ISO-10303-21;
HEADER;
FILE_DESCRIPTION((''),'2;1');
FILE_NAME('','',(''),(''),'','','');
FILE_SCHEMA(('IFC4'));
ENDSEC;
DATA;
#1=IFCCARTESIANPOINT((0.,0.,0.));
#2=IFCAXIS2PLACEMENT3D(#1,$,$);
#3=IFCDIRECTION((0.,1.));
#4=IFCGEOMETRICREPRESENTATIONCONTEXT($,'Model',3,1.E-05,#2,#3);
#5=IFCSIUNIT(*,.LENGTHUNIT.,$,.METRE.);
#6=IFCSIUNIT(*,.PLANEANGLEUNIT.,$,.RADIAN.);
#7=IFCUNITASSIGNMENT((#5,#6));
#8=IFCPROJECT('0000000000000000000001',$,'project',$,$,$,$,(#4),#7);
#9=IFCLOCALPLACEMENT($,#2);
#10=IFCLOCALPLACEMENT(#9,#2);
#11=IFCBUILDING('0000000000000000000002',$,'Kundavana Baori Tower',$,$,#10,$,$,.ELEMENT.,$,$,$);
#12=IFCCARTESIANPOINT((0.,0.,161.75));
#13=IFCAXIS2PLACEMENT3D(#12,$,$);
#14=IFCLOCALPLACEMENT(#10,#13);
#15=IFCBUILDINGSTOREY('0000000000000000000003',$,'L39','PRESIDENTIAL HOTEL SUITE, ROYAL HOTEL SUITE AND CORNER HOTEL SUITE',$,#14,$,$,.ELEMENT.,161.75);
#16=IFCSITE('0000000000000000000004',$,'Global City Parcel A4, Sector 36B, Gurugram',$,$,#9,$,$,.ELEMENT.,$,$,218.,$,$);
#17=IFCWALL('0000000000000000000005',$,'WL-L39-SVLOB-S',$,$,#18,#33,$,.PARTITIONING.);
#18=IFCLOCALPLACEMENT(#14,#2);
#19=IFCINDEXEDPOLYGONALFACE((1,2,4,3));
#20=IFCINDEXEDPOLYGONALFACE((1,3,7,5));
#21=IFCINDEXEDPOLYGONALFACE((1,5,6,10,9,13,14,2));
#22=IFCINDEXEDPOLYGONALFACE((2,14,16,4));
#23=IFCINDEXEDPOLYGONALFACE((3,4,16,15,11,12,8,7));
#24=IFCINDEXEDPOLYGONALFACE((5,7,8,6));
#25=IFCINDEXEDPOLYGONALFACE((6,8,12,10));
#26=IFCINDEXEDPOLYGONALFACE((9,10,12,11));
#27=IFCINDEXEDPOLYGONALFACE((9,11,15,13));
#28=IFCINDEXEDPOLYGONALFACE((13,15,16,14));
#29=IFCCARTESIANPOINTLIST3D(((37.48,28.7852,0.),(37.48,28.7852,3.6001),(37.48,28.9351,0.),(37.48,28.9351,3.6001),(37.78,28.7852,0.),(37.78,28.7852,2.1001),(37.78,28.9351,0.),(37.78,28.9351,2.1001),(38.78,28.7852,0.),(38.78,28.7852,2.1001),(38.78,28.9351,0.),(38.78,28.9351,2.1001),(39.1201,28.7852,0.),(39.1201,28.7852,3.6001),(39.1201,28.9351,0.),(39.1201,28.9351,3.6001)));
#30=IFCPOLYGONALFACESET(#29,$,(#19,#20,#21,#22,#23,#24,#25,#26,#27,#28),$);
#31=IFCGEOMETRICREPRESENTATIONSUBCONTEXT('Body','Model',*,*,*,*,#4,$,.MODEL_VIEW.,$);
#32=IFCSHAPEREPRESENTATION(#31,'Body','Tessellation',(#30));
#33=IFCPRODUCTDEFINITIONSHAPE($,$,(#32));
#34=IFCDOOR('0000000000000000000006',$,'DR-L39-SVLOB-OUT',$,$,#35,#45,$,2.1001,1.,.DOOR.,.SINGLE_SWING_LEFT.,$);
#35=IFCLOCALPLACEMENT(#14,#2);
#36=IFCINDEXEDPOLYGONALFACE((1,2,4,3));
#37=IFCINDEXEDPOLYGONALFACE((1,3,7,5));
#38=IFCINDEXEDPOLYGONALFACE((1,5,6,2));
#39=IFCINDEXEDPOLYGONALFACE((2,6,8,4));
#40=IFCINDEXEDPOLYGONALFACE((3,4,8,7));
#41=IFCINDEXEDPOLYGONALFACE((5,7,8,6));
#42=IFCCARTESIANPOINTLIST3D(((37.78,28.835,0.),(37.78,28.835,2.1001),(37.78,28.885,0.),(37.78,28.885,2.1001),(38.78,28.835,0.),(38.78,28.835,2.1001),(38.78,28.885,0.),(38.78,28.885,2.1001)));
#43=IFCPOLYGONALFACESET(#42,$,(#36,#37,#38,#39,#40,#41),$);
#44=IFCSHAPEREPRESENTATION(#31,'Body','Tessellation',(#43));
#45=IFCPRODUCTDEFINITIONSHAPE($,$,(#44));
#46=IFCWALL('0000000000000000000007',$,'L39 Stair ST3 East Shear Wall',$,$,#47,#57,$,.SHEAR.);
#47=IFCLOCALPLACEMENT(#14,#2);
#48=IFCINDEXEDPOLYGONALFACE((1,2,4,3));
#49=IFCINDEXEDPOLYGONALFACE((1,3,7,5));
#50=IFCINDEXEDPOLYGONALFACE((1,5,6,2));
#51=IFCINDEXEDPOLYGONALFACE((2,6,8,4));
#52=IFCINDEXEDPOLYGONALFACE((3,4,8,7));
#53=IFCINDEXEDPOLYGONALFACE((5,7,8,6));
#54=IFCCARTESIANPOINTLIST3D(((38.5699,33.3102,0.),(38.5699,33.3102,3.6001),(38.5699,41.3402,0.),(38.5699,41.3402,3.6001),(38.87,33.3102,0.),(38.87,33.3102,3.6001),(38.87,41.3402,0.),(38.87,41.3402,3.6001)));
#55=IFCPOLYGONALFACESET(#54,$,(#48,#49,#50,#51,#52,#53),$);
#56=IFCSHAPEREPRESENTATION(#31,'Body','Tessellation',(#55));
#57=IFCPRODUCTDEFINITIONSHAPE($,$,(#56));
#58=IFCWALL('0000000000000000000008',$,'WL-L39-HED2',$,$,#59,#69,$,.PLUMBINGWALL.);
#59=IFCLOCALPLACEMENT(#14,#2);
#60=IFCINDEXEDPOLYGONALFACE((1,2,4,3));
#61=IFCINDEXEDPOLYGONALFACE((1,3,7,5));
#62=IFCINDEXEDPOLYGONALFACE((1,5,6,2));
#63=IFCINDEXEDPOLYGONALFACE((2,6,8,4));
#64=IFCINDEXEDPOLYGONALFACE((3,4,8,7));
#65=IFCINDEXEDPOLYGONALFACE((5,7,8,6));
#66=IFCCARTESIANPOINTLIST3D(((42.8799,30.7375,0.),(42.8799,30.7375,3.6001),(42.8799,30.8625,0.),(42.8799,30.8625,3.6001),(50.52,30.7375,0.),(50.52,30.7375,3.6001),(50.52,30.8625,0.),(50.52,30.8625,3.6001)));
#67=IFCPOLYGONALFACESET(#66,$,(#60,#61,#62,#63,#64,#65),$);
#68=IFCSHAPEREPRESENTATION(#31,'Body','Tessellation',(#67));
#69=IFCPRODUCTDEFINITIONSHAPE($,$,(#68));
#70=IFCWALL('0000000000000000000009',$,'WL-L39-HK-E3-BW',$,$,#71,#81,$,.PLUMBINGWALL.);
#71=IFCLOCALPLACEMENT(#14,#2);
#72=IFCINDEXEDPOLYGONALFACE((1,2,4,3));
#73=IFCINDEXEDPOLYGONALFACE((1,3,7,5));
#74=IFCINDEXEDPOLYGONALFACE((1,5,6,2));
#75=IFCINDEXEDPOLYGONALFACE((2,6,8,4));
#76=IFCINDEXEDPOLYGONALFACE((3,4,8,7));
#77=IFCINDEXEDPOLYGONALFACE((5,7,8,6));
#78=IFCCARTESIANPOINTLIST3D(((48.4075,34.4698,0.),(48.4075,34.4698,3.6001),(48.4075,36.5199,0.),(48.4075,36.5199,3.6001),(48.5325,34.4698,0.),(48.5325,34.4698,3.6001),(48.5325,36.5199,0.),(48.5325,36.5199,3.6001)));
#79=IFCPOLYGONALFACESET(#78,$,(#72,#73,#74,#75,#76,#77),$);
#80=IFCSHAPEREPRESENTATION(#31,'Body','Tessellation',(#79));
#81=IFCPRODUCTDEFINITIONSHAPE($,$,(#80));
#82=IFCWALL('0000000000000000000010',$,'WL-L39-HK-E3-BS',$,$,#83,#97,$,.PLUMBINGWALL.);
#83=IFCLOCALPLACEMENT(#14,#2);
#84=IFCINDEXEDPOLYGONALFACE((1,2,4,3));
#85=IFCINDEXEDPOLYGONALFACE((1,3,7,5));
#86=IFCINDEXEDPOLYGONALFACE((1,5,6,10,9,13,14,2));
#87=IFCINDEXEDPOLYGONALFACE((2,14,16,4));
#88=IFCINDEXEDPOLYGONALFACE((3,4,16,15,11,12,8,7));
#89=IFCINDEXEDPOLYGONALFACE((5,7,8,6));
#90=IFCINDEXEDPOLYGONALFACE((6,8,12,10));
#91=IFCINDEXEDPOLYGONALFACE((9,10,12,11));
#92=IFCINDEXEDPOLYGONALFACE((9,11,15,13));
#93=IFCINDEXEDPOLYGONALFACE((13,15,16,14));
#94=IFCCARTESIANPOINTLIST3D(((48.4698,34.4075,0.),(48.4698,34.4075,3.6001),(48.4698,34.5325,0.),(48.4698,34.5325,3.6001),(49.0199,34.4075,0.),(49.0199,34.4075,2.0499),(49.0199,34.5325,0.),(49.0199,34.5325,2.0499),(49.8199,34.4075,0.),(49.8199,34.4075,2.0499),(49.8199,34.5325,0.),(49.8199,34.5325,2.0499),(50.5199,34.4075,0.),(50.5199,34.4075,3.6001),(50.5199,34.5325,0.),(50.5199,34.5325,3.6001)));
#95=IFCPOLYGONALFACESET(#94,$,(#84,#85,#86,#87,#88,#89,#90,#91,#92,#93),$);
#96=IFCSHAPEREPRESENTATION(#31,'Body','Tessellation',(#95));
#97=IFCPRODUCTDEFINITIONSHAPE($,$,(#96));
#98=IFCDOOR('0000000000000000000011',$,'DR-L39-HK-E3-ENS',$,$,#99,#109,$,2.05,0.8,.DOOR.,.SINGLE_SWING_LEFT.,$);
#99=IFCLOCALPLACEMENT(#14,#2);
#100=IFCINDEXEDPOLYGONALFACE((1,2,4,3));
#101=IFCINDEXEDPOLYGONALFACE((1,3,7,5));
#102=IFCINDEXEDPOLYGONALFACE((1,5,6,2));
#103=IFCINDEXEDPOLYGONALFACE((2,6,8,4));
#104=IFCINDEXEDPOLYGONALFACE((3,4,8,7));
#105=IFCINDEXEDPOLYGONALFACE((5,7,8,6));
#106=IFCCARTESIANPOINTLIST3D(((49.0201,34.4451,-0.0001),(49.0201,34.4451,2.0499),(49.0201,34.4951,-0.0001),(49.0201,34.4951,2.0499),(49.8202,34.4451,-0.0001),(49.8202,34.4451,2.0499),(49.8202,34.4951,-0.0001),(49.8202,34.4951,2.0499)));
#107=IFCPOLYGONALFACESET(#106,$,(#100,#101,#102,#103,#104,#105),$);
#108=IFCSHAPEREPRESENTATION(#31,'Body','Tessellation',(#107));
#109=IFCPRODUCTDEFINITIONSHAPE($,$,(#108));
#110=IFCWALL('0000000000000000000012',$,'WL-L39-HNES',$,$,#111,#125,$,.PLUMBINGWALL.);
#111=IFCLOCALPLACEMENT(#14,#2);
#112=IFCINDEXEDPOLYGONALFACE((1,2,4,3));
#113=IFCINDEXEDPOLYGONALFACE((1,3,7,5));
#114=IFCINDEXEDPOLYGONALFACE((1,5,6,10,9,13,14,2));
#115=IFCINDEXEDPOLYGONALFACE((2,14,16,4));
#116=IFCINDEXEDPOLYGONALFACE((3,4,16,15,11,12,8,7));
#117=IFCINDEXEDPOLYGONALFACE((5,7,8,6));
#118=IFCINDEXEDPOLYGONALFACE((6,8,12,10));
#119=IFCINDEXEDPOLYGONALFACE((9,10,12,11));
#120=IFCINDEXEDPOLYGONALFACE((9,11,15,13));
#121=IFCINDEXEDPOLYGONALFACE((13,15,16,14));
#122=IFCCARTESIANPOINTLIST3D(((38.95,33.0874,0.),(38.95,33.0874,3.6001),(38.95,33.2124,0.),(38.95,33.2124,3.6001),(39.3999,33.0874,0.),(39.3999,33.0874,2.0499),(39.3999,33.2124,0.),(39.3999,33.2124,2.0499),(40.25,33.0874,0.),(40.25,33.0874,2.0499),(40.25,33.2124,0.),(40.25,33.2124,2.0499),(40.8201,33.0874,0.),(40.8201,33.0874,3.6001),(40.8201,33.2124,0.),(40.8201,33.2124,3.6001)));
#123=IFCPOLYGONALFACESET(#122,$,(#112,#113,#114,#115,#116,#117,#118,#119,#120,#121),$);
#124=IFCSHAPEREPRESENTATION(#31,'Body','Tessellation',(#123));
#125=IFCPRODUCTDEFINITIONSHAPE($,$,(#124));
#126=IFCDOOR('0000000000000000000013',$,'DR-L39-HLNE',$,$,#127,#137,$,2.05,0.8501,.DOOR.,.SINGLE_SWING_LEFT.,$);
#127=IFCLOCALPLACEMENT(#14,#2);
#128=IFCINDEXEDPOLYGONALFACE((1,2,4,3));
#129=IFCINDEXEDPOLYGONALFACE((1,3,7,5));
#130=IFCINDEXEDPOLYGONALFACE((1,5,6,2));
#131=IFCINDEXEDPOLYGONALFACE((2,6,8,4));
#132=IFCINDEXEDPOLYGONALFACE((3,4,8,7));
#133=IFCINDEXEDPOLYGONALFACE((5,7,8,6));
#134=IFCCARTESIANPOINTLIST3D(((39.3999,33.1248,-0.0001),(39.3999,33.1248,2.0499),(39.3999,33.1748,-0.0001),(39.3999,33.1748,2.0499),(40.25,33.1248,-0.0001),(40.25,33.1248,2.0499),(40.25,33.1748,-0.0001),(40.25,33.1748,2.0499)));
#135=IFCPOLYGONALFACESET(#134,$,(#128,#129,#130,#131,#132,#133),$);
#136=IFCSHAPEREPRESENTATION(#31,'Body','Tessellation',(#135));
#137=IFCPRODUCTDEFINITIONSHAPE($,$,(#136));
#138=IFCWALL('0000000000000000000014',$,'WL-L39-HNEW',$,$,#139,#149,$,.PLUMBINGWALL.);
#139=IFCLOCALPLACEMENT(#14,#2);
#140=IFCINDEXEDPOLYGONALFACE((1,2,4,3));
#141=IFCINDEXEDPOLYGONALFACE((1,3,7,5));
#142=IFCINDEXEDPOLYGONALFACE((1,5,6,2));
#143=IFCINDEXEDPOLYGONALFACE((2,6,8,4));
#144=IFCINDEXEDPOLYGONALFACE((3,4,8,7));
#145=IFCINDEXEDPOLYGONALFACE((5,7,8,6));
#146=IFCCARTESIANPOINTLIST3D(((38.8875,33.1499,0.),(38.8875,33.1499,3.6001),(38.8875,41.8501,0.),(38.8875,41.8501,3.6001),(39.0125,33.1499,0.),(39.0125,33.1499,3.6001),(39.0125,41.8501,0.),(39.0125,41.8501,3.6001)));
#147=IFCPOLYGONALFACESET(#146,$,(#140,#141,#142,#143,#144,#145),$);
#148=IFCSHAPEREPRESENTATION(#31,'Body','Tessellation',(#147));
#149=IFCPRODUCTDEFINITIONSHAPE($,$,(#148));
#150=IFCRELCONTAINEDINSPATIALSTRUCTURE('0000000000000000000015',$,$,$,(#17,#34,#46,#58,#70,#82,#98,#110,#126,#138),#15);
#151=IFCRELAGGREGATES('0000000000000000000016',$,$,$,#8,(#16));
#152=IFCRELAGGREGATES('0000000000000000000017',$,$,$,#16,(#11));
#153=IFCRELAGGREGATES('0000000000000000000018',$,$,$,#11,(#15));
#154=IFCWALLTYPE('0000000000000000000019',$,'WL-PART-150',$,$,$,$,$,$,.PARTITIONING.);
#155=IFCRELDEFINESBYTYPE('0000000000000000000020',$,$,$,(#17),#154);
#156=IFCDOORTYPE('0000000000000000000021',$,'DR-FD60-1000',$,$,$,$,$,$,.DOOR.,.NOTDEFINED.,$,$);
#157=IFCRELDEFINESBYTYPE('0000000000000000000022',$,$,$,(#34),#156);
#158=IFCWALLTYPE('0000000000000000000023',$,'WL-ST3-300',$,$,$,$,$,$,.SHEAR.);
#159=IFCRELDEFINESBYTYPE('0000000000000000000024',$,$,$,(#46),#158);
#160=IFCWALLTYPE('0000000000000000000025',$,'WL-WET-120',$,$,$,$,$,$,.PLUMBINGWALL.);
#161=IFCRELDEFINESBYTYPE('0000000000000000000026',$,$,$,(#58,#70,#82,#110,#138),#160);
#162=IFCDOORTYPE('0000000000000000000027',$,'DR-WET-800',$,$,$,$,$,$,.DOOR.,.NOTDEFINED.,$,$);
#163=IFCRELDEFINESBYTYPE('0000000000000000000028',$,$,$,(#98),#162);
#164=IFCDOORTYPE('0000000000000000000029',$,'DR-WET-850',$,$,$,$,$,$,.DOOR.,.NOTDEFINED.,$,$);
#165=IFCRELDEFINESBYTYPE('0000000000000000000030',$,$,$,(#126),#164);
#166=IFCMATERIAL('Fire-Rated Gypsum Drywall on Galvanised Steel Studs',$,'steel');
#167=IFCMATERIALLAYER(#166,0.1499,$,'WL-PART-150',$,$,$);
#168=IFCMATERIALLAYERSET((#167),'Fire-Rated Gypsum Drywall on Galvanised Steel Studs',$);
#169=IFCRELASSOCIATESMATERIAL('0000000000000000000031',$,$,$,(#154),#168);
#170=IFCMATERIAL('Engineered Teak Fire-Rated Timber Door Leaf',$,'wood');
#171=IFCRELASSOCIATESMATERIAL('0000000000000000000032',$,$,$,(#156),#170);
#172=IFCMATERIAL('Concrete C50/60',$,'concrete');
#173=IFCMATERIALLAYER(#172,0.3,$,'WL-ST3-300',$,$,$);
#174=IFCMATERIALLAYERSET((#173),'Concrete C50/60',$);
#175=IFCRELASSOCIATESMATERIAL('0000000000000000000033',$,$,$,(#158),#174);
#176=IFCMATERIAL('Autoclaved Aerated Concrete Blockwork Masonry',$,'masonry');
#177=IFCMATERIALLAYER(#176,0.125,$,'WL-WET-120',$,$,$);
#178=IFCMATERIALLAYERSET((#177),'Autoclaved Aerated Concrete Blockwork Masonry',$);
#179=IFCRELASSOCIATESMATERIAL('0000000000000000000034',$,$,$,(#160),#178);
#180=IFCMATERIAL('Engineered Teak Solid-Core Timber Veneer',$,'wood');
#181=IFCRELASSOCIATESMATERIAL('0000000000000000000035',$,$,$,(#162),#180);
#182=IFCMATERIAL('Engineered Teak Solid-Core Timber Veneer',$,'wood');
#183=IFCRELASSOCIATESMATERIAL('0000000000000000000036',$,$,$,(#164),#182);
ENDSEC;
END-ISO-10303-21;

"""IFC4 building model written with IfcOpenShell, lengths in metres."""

from ifc_helpers import new_model, si_unit, direction, frame, frame_2d, origin, place, context, subcontext, project, spatial, rectangle, extrude, material, layer, layer_set, type_object, element, fill, save


model = new_model("IFC4")

# Units and contexts
model_context = context("Model", 3, precision=1e-05, world=origin(), true_north=direction((0.0, 1.0)))
body_context = subcontext(model_context, "Body", "Model", "MODEL_VIEW")
ifc_project = project(units=[si_unit("LENGTHUNIT", "METRE"), si_unit("PLANEANGLEUNIT", "RADIAN")], contexts=[model_context])

# Site, building, storey
site_placement = place(None, origin())
site = spatial("IfcSite", under=ifc_project, at=site_placement, Name="Global City Parcel A4, Sector 36B, Gurugram", CompositionType="ELEMENT", RefElevation=218.0)
building_placement = place(site_placement, origin())
building = spatial("IfcBuilding", under=site, at=building_placement, Name="Kundavana Baori Tower", CompositionType="ELEMENT")
storey_placement = place(building_placement, frame((0.0, 0.0, 161.75)))
storey = spatial("IfcBuildingStorey", under=building, at=storey_placement, Name="L39", Description="PRESIDENTIAL HOTEL SUITE, ROYAL HOTEL SUITE AND CORNER HOTEL SUITE", CompositionType="ELEMENT", Elevation=161.75)

# Shared definitions
ifc_material_1 = material(Name="Fire-Rated Gypsum Drywall on Galvanised Steel Studs", Category="steel")
ifc_layer_1 = layer(ifc_material_1, 0.1499, Name="WL-PART-150")
ifc_layer_set_1 = layer_set([ifc_layer_1], Name="Fire-Rated Gypsum Drywall on Galvanised Steel Studs")
wall_type_1 = type_object("IfcWallType", Name="WL-PART-150", PredefinedType="PARTITIONING", material=ifc_layer_set_1)

# Wall, opening, door
wall_1_placement = place(storey_placement, frame((37.48, 28.8601, 0.0), z_axis=(0.0, 0.0, 1.0), x_axis=(1.0, 0.0, 0.0)))
wall_1 = element("IfcWall", 1, at=wall_1_placement, inside=storey, type_object=wall_type_1, Name="WL-L39-SVLOB-S", PredefinedType="PARTITIONING", context=body_context, shape_type="SweptSolid", body=[
    extrude(rectangle(XDim=1.6401, YDim=0.1499, at=frame_2d((0.8201, 0.0))), origin(), (0.0, 0.0, 1.0), 3.6001),
])
opening_1_placement = place(wall_1_placement, frame((0.3, 0.0, 0.0)))
opening_1 = element("IfcOpeningElement", 2, at=opening_1_placement, cuts=wall_1, PredefinedType="OPENING", context=body_context, shape_type="SweptSolid", body=[
    extrude(rectangle(XDim=1.0, YDim=2.1001, at=frame_2d((0.5, 1.05))), frame((0.0, 0.085, 0.0), z_axis=(0.0, -1.0, 0.0), x_axis=(1.0, 0.0, 0.0)), (0.0, 0.0, 1.0), 0.1699),
])
ifc_material_2 = material(Name="Engineered Teak Fire-Rated Timber Door Leaf", Category="wood")
door_type_1 = type_object("IfcDoorType", Name="DR-FD60-1000", OperationType="NOTDEFINED", PredefinedType="DOOR", material=ifc_material_2)
door_1_placement = place(opening_1_placement, origin())
door_1 = element("IfcDoor", 3, at=door_1_placement, inside=storey, type_object=door_type_1, Name="DR-L39-SVLOB-OUT", OperationType="SINGLE_SWING_LEFT", OverallHeight=2.1001, OverallWidth=1.0, PredefinedType="DOOR", context=body_context, shape_type="SweptSolid", body=[
    extrude(rectangle(XDim=1.0, YDim=2.1001, at=frame_2d((0.5, 1.05))), frame((0.0, 0.0249, 0.0), z_axis=(0.0, -1.0, 0.0), x_axis=(1.0, 0.0, 0.0)), (0.0, 0.0, 1.0), 0.05),
])
fill(opening_1, door_1)

# Walls
ifc_material_3 = material(Name="Concrete C50/60", Category="concrete")
ifc_layer_2 = layer(ifc_material_3, 0.3, Name="WL-ST3-300")
ifc_layer_set_2 = layer_set([ifc_layer_2], Name="Concrete C50/60")
wall_type_2 = type_object("IfcWallType", Name="WL-ST3-300", PredefinedType="SHEAR", material=ifc_layer_set_2)
wall_2_placement = place(storey_placement, frame((38.72, 33.3101, 0.0), z_axis=(0.0, 0.0, 1.0), x_axis=(0.0, 1.0, 0.0)))
element("IfcWall", 4, at=wall_2_placement, inside=storey, type_object=wall_type_2, Name="L39 Stair ST3 East Shear Wall", PredefinedType="SHEAR", context=body_context, shape_type="SweptSolid", body=[
    extrude(rectangle(XDim=8.03, YDim=0.3, at=frame_2d((4.0151, 0.0))), origin(), (0.0, 0.0, 1.0), 3.6001),
])
ifc_material_4 = material(Name="Autoclaved Aerated Concrete Blockwork Masonry", Category="masonry")
ifc_layer_3 = layer(ifc_material_4, 0.125, Name="WL-WET-120")
ifc_layer_set_3 = layer_set([ifc_layer_3], Name="Autoclaved Aerated Concrete Blockwork Masonry")
wall_type_3 = type_object("IfcWallType", Name="WL-WET-120", PredefinedType="PLUMBINGWALL", material=ifc_layer_set_3)
wall_3_placement = place(storey_placement, frame((42.8799, 30.8, 0.0), z_axis=(0.0, 0.0, 1.0), x_axis=(1.0, 0.0, 0.0)))
element("IfcWall", 5, at=wall_3_placement, inside=storey, type_object=wall_type_3, Name="WL-L39-HED2", PredefinedType="PLUMBINGWALL", context=body_context, shape_type="SweptSolid", body=[
    extrude(rectangle(XDim=7.6401, YDim=0.125, at=frame_2d((3.8201, 0.0))), origin(), (0.0, 0.0, 1.0), 3.6001),
])
wall_4_placement = place(storey_placement, frame((48.47, 34.47, 0.0), z_axis=(0.0, 0.0, 1.0), x_axis=(0.0, 1.0, 0.0)))
element("IfcWall", 6, at=wall_4_placement, inside=storey, type_object=wall_type_3, Name="WL-L39-HK-E3-BW", PredefinedType="PLUMBINGWALL", context=body_context, shape_type="SweptSolid", body=[
    extrude(rectangle(XDim=2.05, YDim=0.125, at=frame_2d((1.0249, 0.0))), origin(), (0.0, 0.0, 1.0), 3.6001),
])

# Walls, openings, doors
wall_5_placement = place(storey_placement, frame((48.47, 34.47, 0.0), z_axis=(0.0, 0.0, 1.0), x_axis=(1.0, 0.0, 0.0)))
wall_5 = element("IfcWall", 7, at=wall_5_placement, inside=storey, type_object=wall_type_3, Name="WL-L39-HK-E3-BS", PredefinedType="PLUMBINGWALL", context=body_context, shape_type="SweptSolid", body=[
    extrude(rectangle(XDim=2.05, YDim=0.125, at=frame_2d((1.0249, 0.0))), origin(), (0.0, 0.0, 1.0), 3.6001),
])
opening_2_placement = place(wall_5_placement, frame((0.55, 0.0, 0.0)))
opening_2 = element("IfcOpeningElement", 8, at=opening_2_placement, cuts=wall_5, PredefinedType="OPENING", context=body_context, shape_type="SweptSolid", body=[
    extrude(rectangle(XDim=0.8, YDim=2.05, at=frame_2d((0.3999, 1.0249))), frame((0.0, 0.0725, 0.0), z_axis=(0.0, -1.0, 0.0), x_axis=(1.0, 0.0, 0.0)), (0.0, 0.0, 1.0), 0.145),
])
ifc_material_5 = material(Name="Engineered Teak Solid-Core Timber Veneer", Category="wood")
door_type_2 = type_object("IfcDoorType", Name="DR-WET-800", OperationType="NOTDEFINED", PredefinedType="DOOR", material=ifc_material_5)
door_2_placement = place(opening_2_placement, frame((0.8, 0.0, 0.0), z_axis=(0.0, 0.0, 1.0), x_axis=(-1.0, 0.0, 0.0)))
door_2 = element("IfcDoor", 9, at=door_2_placement, inside=storey, type_object=door_type_2, Name="DR-L39-HK-E3-ENS", OperationType="SINGLE_SWING_LEFT", OverallHeight=2.05, OverallWidth=0.8, PredefinedType="DOOR", context=body_context, shape_type="SweptSolid", body=[
    extrude(rectangle(XDim=0.8, YDim=2.05, at=frame_2d((0.3999, 1.0249))), frame((0.0, 0.0249, 0.0), z_axis=(0.0, -1.0, 0.0), x_axis=(1.0, 0.0, 0.0)), (0.0, 0.0, 1.0), 0.05),
])
fill(opening_2, door_2)
wall_6_placement = place(storey_placement, frame((38.95, 33.1499, 0.0), z_axis=(0.0, 0.0, 1.0), x_axis=(1.0, 0.0, 0.0)))
wall_6 = element("IfcWall", 10, at=wall_6_placement, inside=storey, type_object=wall_type_3, Name="WL-L39-HNES", PredefinedType="PLUMBINGWALL", context=body_context, shape_type="SweptSolid", body=[
    extrude(rectangle(XDim=1.8701, YDim=0.125, at=frame_2d((0.9351, 0.0))), origin(), (0.0, 0.0, 1.0), 3.6001),
])
opening_3_placement = place(wall_6_placement, frame((0.45, 0.0, 0.0)))
opening_3 = element("IfcOpeningElement", 11, at=opening_3_placement, cuts=wall_6, PredefinedType="OPENING", context=body_context, shape_type="SweptSolid", body=[
    extrude(rectangle(XDim=0.8501, YDim=2.05, at=frame_2d((0.425, 1.0249))), frame((0.0, 0.0725, 0.0), z_axis=(0.0, -1.0, 0.0), x_axis=(1.0, 0.0, 0.0)), (0.0, 0.0, 1.0), 0.145),
])
ifc_material_6 = material(Name="Engineered Teak Solid-Core Timber Veneer", Category="wood")
door_type_3 = type_object("IfcDoorType", Name="DR-WET-850", OperationType="NOTDEFINED", PredefinedType="DOOR", material=ifc_material_6)
door_3_placement = place(opening_3_placement, origin())
door_3 = element("IfcDoor", 12, at=door_3_placement, inside=storey, type_object=door_type_3, Name="DR-L39-HLNE", OperationType="SINGLE_SWING_LEFT", OverallHeight=2.05, OverallWidth=0.8501, PredefinedType="DOOR", context=body_context, shape_type="SweptSolid", body=[
    extrude(rectangle(XDim=0.8501, YDim=2.05, at=frame_2d((0.425, 1.0249))), frame((0.0, 0.0249, 0.0), z_axis=(0.0, -1.0, 0.0), x_axis=(1.0, 0.0, 0.0)), (0.0, 0.0, 1.0), 0.05),
])
fill(opening_3, door_3)

# Wall
wall_7_placement = place(storey_placement, frame((38.95, 33.1499, 0.0), z_axis=(0.0, 0.0, 1.0), x_axis=(0.0, 1.0, 0.0)))
element("IfcWall", 13, at=wall_7_placement, inside=storey, type_object=wall_type_3, Name="WL-L39-HNEW", PredefinedType="PLUMBINGWALL", context=body_context, shape_type="SweptSolid", body=[
    extrude(rectangle(XDim=8.7002, YDim=0.125, at=frame_2d((4.3501, 0.0))), origin(), (0.0, 0.0, 1.0), 3.6001),
])

save(model, "model.ifc")
